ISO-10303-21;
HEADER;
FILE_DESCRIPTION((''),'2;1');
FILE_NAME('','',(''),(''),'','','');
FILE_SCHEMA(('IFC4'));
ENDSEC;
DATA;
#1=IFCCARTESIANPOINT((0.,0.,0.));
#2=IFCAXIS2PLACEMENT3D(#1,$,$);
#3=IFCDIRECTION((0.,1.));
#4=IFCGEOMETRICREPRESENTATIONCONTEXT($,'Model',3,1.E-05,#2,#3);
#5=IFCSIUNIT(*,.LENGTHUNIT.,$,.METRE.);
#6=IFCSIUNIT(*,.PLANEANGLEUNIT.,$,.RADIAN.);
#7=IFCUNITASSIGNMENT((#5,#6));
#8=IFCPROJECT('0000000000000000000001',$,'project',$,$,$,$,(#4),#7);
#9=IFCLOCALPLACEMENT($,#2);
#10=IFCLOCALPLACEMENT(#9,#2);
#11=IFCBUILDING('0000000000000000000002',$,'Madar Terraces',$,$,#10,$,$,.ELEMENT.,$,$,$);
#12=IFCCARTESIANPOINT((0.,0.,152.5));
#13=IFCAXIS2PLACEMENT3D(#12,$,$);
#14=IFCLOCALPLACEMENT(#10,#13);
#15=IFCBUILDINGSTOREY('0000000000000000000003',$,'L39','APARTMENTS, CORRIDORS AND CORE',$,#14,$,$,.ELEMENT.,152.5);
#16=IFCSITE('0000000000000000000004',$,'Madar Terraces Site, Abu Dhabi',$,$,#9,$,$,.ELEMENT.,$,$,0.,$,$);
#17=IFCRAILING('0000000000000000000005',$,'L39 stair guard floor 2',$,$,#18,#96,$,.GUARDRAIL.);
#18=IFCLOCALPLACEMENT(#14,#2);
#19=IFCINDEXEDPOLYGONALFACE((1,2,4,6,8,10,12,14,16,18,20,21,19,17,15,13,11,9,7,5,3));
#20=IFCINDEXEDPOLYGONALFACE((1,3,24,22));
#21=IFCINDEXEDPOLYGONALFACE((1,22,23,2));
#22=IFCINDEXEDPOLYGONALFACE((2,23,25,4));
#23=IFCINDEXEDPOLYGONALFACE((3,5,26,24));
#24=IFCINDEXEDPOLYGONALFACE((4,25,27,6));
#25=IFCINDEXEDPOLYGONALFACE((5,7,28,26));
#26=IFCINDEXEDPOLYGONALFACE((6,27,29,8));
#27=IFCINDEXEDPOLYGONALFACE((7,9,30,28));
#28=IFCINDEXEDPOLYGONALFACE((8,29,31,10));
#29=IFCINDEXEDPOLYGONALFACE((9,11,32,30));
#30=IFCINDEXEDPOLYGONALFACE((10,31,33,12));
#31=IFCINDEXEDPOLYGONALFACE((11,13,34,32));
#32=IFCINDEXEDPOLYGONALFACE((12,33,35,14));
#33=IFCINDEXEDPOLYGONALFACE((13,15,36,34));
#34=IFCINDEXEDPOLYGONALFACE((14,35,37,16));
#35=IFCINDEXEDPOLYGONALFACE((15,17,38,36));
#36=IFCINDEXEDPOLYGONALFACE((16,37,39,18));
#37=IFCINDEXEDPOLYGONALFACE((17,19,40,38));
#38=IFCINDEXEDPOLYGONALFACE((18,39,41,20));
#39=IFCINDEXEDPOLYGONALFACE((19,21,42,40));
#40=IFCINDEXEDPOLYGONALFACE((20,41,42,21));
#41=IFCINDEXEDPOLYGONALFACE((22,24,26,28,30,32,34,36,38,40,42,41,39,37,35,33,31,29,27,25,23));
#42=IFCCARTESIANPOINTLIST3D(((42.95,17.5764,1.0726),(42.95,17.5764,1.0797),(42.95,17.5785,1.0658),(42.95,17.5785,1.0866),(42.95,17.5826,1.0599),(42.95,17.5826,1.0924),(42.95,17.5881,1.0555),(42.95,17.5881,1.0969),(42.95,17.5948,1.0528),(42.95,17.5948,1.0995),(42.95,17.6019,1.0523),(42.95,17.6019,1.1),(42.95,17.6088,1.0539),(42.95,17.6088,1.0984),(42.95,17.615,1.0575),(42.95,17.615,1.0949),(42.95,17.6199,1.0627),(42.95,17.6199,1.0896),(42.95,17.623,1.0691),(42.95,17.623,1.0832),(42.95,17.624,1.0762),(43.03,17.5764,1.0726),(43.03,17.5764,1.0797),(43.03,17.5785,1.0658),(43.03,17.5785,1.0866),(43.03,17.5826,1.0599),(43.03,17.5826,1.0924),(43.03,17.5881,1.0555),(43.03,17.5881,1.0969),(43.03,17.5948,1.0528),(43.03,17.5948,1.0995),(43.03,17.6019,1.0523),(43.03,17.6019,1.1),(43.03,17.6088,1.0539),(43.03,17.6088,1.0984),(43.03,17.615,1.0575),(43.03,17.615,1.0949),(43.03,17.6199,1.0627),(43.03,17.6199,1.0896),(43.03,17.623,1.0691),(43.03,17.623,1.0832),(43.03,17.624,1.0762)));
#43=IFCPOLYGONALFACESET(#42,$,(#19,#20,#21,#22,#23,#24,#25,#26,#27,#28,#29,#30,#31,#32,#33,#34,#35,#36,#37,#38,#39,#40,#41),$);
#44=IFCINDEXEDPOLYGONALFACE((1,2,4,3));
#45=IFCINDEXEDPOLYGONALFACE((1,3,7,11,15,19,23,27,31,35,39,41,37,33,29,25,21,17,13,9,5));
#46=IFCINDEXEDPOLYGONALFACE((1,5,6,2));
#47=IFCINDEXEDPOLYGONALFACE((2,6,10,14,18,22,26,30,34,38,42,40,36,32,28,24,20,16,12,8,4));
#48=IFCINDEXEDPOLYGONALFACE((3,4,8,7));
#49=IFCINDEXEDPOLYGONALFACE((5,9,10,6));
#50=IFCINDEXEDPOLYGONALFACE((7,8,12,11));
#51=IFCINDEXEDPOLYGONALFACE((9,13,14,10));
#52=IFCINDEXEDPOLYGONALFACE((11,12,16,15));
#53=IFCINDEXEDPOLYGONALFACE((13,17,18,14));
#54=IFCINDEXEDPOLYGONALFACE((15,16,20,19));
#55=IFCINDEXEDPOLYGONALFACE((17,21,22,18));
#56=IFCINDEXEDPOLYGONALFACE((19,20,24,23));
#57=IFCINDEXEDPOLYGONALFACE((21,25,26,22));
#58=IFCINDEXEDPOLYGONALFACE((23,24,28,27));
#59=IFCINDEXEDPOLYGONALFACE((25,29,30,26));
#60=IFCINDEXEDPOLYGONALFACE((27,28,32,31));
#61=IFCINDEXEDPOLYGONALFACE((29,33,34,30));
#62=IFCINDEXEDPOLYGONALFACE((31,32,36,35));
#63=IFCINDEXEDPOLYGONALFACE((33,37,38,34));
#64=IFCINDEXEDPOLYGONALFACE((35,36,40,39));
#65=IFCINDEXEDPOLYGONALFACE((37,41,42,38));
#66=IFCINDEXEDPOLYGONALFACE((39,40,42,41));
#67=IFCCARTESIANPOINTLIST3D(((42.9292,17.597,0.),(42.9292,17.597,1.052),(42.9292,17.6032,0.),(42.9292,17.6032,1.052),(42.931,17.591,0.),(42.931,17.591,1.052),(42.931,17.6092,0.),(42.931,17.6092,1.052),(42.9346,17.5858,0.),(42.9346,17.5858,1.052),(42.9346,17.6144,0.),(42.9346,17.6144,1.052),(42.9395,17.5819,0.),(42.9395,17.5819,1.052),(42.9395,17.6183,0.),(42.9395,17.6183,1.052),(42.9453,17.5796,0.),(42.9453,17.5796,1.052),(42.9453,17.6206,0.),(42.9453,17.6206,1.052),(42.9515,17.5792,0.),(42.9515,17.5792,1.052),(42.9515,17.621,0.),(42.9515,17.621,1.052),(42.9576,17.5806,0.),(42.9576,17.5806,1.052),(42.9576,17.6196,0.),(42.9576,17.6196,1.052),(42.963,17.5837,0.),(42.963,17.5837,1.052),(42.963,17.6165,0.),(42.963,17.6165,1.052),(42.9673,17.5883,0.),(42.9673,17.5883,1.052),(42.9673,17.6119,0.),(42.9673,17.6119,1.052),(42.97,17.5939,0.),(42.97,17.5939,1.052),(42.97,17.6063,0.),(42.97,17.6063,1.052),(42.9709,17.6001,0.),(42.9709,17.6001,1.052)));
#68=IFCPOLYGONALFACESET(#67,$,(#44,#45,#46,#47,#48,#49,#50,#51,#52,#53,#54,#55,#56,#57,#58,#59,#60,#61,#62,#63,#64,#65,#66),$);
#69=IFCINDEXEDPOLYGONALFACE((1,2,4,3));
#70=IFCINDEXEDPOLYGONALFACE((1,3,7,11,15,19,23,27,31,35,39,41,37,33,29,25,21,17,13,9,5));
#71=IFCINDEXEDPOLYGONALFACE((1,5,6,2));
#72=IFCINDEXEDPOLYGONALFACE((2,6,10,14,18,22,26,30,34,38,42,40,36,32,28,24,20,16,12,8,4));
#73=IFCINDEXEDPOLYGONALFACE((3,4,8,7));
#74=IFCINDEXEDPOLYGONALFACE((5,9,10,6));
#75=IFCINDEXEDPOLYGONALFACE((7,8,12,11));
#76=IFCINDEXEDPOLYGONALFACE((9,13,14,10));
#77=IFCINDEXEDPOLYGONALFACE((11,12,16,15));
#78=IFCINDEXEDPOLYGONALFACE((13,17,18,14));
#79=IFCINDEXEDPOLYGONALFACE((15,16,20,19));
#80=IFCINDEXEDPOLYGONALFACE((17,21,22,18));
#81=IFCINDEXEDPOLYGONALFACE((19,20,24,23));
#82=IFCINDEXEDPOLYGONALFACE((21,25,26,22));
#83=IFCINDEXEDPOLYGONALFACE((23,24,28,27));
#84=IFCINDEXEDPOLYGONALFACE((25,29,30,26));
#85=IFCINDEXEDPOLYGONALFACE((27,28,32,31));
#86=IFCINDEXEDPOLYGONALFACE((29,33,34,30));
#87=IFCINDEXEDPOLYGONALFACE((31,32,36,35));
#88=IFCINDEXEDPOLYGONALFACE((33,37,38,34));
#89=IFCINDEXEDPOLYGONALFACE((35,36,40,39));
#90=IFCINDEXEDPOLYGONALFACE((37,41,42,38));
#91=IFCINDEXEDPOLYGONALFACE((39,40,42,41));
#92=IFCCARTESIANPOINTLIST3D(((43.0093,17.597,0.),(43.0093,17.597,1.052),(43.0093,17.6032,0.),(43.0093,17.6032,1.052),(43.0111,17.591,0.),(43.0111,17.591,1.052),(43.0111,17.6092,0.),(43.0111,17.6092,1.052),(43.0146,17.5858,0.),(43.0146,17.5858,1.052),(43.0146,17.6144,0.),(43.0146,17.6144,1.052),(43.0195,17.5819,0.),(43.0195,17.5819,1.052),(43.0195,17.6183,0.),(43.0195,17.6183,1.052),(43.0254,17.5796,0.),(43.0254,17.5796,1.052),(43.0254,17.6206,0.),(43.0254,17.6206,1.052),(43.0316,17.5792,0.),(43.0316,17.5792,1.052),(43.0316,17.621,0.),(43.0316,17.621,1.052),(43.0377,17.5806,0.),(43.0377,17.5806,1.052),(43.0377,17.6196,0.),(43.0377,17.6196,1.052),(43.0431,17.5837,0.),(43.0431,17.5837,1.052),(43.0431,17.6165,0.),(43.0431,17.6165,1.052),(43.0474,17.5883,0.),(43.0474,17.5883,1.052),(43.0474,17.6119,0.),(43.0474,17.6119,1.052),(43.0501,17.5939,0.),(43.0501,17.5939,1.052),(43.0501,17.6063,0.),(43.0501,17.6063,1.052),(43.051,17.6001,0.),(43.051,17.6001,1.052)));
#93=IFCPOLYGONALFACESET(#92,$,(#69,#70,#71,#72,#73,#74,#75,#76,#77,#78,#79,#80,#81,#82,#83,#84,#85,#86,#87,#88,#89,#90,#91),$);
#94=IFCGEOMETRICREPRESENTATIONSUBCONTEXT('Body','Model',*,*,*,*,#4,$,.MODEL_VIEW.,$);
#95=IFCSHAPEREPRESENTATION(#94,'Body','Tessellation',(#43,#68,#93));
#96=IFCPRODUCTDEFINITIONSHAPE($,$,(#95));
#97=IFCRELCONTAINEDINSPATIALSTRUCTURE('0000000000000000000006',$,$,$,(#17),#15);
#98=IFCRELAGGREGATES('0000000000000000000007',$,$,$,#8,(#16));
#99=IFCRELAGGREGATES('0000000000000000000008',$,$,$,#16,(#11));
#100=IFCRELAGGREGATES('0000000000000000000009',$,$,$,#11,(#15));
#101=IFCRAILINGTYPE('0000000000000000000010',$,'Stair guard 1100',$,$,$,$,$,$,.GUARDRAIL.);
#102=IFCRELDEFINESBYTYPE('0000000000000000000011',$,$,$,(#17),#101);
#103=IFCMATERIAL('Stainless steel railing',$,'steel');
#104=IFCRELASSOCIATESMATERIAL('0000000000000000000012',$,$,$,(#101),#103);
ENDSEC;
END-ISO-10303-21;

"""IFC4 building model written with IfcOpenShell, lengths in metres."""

from ifc_helpers import new_model, si_unit, direction, frame, origin, origin_2d, place, context, subcontext, project, spatial, circle, extrude, material, type_object, element, save


model = new_model("IFC4")

# Units and contexts
model_context = context("Model", 3, precision=1e-05, world=origin(), true_north=direction((0.0, 1.0)))
body_context = subcontext(model_context, "Body", "Model", "MODEL_VIEW")
ifc_project = project(units=[si_unit("LENGTHUNIT", "METRE"), si_unit("PLANEANGLEUNIT", "RADIAN")], contexts=[model_context])

# Site, building, storey
site_placement = place(None, origin())
site = spatial("IfcSite", under=ifc_project, at=site_placement, Name="Madar Terraces Site, Abu Dhabi", CompositionType="ELEMENT", RefElevation=0.0)
building_placement = place(site_placement, origin())
building = spatial("IfcBuilding", under=site, at=building_placement, Name="Madar Terraces", CompositionType="ELEMENT")
storey_placement = place(building_placement, frame((0.0, 0.0, 152.5)))
storey = spatial("IfcBuildingStorey", under=building, at=storey_placement, Name="L39", Description="APARTMENTS, CORRIDORS AND CORE", CompositionType="ELEMENT", Elevation=152.5)

# Railing
ifc_material_1 = material(Name="Stainless steel railing", Category="steel")
railing_type_1 = type_object("IfcRailingType", Name="Stair guard 1100", PredefinedType="GUARDRAIL", material=ifc_material_1)
railing_1_placement = place(storey_placement, frame((42.95, 17.6001, 0.0)))
element("IfcRailing", 1, at=railing_1_placement, inside=storey, type_object=railing_type_1, Name="L39 stair guard floor 2", PredefinedType="GUARDRAIL", context=body_context, shape_type="SweptSolid", body=[
    extrude(circle(Radius=0.0239, at=origin_2d()), frame((0.0, 0.0, 1.0762), z_axis=(1.0, 0.0, 0.0), x_axis=(0.0, 1.0, 0.0)), (0.0, 0.0, 1.0), 0.0801),
    extrude(circle(Radius=0.021, at=origin_2d()), origin(), (0.0, 0.0, 1.0), 1.052),
    extrude(circle(Radius=0.021, at=origin_2d()), frame((0.0801, 0.0, 0.0)), (0.0, 0.0, 1.0), 1.052),
])

save(model, "model.ifc")
